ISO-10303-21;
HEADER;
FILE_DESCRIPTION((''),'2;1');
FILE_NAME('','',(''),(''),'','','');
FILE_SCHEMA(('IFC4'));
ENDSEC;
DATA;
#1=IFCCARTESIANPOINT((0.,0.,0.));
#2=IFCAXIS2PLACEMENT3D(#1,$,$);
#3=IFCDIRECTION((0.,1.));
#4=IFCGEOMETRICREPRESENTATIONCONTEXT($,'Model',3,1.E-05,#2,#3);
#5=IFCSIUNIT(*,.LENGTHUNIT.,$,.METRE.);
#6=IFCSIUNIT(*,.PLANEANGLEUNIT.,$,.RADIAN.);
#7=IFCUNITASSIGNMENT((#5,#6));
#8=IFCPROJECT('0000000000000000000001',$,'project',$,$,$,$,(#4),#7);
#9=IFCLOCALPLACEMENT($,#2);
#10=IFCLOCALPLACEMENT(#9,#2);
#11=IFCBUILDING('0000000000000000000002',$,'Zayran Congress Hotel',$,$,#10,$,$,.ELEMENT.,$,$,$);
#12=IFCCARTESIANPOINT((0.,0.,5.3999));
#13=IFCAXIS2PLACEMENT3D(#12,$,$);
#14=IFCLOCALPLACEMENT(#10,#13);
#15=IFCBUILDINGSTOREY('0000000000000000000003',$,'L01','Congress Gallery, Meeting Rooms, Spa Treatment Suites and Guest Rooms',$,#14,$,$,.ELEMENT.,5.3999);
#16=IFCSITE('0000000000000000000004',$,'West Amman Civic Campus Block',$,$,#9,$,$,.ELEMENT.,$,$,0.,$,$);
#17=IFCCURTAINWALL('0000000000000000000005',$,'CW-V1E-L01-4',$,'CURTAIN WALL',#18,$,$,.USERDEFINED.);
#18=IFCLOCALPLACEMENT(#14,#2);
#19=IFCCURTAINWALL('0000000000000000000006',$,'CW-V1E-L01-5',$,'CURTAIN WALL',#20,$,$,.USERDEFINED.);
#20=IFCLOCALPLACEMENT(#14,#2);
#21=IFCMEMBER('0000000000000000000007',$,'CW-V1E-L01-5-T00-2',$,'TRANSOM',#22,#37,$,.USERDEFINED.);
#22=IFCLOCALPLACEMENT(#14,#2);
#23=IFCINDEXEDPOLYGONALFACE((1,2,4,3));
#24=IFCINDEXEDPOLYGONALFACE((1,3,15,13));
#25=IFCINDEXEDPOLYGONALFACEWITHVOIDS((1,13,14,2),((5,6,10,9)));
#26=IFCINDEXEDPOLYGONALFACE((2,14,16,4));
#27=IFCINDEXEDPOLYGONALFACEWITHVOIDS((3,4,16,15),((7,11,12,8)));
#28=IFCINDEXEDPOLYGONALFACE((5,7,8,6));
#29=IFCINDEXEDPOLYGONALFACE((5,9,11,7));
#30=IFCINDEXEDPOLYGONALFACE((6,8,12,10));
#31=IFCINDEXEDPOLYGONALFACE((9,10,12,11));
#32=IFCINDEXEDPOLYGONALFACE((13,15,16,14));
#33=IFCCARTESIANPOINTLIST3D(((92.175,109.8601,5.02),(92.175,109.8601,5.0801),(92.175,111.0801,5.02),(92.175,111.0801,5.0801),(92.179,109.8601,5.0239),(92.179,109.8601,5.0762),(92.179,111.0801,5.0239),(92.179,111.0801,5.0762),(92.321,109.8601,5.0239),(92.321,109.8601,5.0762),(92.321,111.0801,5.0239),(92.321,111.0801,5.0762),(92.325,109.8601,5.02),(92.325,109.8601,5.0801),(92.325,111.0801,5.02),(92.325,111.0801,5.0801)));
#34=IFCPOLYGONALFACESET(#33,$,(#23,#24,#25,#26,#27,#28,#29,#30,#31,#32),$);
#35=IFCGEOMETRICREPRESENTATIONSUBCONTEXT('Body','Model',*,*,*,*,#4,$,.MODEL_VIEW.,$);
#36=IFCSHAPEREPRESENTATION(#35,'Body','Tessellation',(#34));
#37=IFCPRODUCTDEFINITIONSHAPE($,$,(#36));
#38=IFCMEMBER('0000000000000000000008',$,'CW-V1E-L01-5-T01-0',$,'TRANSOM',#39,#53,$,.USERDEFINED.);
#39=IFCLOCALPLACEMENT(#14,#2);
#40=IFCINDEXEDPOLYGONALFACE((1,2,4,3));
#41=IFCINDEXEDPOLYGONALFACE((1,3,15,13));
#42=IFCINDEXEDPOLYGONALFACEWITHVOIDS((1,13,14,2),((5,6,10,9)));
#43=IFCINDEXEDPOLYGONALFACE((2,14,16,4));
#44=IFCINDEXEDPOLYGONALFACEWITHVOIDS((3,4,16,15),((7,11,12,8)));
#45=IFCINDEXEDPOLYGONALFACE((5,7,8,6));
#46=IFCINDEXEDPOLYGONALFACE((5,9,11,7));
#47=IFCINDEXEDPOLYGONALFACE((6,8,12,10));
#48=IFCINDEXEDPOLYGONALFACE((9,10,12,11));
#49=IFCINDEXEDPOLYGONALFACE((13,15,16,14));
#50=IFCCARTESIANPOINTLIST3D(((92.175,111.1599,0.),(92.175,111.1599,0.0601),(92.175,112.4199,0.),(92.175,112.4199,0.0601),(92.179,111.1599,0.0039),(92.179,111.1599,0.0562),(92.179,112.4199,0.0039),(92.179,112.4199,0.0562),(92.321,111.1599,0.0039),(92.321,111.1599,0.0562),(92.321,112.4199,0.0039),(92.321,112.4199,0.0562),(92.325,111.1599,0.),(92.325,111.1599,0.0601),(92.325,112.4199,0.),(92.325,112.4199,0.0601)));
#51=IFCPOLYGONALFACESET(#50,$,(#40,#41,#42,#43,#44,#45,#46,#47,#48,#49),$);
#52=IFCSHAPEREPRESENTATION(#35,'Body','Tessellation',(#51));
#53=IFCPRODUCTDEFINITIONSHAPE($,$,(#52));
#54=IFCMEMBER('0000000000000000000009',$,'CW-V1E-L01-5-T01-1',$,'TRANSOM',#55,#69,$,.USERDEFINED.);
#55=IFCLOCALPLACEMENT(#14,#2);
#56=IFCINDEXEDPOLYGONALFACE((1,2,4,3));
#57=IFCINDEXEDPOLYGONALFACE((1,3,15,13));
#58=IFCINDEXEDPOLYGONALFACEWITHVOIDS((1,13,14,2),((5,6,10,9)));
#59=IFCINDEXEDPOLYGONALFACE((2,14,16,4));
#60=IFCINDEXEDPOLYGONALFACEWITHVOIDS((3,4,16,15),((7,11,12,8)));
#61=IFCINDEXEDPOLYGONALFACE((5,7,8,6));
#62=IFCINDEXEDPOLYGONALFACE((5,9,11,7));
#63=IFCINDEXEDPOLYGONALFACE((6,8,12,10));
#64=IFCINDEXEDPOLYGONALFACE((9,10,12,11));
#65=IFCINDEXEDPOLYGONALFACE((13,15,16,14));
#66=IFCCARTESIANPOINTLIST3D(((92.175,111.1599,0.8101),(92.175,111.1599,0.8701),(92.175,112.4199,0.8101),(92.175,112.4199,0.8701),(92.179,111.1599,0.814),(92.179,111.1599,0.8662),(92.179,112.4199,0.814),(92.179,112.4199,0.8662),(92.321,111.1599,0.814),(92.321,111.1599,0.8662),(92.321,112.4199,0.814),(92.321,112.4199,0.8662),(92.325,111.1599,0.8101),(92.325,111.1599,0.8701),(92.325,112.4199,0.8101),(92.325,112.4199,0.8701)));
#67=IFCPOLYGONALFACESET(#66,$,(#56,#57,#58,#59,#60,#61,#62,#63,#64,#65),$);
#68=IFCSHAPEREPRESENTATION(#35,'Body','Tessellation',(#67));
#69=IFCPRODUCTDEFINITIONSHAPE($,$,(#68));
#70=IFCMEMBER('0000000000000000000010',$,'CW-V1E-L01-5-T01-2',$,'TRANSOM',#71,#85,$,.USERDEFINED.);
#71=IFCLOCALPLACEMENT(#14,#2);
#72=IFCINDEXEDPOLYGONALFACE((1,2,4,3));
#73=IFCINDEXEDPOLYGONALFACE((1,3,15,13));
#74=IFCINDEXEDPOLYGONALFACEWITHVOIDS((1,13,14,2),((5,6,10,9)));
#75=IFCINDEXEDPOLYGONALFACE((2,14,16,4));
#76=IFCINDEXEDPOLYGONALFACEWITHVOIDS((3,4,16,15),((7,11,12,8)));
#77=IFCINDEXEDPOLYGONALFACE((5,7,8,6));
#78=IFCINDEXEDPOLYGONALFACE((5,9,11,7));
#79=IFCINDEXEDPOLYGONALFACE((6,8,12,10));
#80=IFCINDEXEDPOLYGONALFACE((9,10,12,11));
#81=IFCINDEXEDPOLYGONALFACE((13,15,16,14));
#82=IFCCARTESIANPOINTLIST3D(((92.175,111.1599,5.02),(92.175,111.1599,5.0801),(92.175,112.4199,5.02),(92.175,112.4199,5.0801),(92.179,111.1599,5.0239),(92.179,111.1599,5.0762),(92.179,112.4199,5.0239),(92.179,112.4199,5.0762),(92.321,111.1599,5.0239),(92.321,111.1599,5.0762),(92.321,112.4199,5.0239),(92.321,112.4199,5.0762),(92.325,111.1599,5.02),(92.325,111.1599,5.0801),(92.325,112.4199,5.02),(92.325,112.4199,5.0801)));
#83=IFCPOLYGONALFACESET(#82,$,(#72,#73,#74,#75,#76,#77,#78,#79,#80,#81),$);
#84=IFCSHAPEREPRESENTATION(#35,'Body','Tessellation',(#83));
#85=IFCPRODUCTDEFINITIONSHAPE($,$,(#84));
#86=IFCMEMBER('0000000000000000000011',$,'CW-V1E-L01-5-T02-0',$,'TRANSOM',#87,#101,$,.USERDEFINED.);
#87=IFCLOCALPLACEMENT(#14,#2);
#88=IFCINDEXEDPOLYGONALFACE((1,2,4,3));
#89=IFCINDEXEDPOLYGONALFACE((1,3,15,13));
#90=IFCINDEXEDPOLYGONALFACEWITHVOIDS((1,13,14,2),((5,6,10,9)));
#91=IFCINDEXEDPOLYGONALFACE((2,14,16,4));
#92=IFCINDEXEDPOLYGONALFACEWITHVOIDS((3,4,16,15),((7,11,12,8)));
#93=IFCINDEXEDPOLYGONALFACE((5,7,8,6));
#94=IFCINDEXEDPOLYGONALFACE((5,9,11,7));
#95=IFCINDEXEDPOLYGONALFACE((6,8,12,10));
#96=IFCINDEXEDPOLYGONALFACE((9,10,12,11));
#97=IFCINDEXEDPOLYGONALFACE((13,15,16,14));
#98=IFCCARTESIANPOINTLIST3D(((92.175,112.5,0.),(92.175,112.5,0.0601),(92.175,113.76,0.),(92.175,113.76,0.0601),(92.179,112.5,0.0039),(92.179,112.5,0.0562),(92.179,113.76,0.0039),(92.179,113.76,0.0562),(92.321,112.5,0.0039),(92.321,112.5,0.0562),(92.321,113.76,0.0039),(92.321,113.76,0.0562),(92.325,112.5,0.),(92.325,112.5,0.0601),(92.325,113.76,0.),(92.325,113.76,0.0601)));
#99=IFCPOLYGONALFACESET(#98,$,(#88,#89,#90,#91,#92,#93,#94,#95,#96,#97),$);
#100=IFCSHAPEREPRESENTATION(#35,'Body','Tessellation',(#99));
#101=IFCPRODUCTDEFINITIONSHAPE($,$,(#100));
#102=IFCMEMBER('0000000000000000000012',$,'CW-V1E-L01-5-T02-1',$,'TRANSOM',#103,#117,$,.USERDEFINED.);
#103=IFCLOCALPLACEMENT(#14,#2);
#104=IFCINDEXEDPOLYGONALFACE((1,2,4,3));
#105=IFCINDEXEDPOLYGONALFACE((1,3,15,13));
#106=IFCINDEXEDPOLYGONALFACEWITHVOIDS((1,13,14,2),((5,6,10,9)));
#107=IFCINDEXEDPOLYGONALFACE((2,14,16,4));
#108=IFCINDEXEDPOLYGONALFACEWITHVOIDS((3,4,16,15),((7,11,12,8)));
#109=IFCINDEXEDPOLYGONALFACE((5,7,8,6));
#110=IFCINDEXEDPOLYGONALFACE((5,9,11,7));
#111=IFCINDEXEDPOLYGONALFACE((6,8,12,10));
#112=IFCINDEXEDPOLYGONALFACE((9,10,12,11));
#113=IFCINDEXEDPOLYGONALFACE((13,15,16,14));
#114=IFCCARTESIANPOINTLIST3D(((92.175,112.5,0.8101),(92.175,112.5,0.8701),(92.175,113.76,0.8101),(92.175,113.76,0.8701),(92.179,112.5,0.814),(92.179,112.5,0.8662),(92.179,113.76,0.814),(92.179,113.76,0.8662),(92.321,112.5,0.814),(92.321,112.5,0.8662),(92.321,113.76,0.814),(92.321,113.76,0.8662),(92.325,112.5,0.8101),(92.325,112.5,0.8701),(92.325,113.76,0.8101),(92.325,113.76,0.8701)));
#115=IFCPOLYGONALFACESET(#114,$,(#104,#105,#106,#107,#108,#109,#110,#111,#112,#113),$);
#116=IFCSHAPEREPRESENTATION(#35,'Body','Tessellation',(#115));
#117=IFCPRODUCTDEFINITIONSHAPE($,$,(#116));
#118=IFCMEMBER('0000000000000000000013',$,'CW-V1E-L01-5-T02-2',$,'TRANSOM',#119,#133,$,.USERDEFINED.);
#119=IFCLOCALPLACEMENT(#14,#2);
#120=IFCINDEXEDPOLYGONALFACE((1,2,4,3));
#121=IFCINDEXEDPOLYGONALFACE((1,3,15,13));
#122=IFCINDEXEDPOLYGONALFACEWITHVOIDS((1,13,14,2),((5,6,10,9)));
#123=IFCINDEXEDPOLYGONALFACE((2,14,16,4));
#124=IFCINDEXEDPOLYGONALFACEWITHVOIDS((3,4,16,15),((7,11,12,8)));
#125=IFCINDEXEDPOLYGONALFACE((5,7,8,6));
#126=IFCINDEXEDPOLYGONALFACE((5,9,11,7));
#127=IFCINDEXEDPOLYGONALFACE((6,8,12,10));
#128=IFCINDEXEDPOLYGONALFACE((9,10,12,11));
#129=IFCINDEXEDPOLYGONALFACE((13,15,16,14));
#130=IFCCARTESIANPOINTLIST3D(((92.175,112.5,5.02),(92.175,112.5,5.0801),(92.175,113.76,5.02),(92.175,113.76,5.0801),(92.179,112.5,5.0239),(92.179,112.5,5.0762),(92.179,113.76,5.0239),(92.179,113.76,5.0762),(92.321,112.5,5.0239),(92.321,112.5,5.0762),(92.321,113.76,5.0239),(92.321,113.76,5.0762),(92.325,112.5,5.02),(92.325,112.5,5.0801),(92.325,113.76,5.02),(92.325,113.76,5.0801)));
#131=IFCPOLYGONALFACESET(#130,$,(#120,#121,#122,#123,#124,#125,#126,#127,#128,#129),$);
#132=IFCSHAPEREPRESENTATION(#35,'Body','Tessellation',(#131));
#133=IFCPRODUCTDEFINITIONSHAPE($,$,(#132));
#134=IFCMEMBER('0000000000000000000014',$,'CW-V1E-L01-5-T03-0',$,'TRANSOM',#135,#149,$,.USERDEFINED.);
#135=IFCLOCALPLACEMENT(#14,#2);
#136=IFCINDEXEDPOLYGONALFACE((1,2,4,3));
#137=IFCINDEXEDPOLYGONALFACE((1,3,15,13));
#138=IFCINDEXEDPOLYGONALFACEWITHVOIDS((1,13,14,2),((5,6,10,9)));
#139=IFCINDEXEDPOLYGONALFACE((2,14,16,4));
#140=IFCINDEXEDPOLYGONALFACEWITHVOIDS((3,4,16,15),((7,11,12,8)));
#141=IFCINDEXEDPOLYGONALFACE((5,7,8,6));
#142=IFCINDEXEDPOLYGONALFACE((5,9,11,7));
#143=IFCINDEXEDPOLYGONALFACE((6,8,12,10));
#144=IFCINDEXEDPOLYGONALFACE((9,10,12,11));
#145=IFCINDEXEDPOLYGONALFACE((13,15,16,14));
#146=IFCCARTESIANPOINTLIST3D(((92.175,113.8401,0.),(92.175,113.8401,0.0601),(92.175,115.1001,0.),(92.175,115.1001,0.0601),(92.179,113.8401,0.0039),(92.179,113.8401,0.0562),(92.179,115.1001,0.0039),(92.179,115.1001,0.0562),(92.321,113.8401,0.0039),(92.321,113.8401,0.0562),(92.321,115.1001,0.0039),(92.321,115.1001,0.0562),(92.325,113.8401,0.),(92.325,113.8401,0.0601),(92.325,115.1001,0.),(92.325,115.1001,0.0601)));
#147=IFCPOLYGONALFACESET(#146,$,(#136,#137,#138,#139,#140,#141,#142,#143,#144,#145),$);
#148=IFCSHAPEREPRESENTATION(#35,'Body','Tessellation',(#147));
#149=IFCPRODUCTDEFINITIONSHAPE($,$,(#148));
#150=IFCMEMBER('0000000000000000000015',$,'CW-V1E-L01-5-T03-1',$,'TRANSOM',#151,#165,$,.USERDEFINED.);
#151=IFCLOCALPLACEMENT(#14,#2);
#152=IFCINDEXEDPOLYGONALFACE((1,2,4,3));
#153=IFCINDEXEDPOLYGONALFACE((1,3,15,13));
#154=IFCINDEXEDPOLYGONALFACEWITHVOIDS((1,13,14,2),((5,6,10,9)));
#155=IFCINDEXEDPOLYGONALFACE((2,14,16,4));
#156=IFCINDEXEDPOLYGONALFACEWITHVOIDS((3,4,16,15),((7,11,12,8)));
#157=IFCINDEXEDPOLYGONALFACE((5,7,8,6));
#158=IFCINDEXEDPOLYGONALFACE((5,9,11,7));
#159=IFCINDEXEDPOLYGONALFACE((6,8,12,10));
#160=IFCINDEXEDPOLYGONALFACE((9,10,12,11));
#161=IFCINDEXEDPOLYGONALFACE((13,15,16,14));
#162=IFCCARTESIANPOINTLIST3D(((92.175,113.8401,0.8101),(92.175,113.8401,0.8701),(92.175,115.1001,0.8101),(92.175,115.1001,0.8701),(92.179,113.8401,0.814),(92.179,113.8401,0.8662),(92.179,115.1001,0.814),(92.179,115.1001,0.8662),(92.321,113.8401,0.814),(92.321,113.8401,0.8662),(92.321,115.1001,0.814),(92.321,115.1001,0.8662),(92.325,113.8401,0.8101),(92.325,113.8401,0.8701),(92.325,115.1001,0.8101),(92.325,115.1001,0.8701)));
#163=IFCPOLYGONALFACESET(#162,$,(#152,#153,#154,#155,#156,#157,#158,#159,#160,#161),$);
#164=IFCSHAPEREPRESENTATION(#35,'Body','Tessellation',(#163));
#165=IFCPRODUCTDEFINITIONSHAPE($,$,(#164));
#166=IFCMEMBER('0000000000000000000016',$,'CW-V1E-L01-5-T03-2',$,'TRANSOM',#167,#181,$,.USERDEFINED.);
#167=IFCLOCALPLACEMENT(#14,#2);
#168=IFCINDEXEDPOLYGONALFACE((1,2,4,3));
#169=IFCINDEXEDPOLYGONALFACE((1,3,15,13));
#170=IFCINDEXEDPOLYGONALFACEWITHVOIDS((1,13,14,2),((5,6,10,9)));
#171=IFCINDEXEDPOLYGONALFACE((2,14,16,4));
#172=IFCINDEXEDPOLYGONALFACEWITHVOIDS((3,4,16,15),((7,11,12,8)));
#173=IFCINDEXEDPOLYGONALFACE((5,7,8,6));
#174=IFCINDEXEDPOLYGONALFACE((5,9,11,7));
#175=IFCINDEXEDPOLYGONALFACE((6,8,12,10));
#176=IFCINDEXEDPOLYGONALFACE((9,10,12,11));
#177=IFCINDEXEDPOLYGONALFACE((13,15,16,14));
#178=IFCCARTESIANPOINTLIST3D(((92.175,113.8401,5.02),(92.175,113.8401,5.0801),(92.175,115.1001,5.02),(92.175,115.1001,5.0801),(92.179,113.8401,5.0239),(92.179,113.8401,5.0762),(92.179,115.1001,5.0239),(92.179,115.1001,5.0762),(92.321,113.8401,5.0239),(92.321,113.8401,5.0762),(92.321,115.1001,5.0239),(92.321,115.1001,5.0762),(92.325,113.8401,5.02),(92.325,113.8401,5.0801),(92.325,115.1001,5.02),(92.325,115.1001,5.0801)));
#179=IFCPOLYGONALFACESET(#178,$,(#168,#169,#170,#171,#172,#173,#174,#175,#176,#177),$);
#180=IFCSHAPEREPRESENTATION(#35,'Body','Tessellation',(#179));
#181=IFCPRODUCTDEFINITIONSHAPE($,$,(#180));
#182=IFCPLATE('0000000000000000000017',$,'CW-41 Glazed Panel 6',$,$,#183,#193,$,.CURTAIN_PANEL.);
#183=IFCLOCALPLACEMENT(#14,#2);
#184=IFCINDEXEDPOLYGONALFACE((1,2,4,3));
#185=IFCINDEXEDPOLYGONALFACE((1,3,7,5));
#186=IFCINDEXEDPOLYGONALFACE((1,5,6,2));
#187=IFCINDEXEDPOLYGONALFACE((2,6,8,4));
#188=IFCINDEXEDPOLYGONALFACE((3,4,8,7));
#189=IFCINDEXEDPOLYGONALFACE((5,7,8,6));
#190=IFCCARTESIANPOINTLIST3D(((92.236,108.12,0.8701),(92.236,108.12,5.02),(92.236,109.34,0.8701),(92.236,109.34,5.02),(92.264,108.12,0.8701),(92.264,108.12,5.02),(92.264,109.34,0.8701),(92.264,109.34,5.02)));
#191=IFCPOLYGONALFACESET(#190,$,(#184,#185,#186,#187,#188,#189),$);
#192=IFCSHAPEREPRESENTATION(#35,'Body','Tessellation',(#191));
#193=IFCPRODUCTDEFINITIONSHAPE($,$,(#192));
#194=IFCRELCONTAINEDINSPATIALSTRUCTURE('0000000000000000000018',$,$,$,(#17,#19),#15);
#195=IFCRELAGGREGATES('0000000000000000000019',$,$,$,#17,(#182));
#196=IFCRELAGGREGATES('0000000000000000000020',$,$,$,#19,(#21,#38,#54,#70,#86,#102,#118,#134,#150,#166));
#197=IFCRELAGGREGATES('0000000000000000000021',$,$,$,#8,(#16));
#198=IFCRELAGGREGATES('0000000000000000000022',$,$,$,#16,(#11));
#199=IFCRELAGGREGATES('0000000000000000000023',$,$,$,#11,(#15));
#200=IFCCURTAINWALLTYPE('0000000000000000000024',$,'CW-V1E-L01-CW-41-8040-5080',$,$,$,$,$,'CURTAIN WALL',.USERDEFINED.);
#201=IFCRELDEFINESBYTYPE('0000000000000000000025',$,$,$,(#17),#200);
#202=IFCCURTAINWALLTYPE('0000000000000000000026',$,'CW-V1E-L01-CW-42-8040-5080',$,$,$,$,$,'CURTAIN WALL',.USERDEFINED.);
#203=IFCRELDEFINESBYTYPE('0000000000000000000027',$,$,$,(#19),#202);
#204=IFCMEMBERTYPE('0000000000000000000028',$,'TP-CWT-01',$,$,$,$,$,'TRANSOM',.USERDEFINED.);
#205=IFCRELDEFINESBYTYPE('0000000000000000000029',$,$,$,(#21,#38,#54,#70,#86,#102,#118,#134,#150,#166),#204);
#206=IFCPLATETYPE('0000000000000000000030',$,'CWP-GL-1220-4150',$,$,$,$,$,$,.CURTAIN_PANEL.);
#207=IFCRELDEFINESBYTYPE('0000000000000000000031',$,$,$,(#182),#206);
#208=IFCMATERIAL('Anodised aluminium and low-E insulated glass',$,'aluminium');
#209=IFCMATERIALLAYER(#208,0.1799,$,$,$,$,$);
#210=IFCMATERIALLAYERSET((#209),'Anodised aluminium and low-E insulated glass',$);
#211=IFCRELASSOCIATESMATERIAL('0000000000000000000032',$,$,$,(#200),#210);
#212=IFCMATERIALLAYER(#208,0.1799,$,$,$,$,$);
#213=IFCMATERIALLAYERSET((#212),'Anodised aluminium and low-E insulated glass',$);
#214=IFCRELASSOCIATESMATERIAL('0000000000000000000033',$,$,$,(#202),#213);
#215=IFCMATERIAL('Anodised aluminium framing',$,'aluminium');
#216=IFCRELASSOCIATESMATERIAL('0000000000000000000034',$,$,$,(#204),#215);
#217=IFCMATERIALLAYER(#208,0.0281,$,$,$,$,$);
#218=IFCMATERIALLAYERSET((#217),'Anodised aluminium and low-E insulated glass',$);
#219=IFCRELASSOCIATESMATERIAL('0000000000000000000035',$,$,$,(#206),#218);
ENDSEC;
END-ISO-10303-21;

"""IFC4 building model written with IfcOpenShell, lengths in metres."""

from ifc_helpers import new_model, si_unit, direction, frame, origin, origin_2d, place, context, subcontext, project, spatial, rectangle, hollow_rectangle, extrude, material, layer, layer_set, material_profile, profile_set, type_object, element, aggregate, save


model = new_model("IFC4")

# Units and contexts
model_context = context("Model", 3, precision=1e-05, world=origin(), true_north=direction((0.0, 1.0)))
body_context = subcontext(model_context, "Body", "Model", "MODEL_VIEW")
ifc_project = project(units=[si_unit("LENGTHUNIT", "METRE"), si_unit("PLANEANGLEUNIT", "RADIAN")], contexts=[model_context])

# Site, building, storey
site_placement = place(None, origin())
site = spatial("IfcSite", under=ifc_project, at=site_placement, Name="West Amman Civic Campus Block", CompositionType="ELEMENT", RefElevation=0.0)
building_placement = place(site_placement, origin())
building = spatial("IfcBuilding", under=site, at=building_placement, Name="Zayran Congress Hotel", CompositionType="ELEMENT")
storey_placement = place(building_placement, frame((0.0, 0.0, 5.3999)))
storey = spatial("IfcBuildingStorey", under=building, at=storey_placement, Name="L01", Description="Congress Gallery, Meeting Rooms, Spa Treatment Suites and Guest Rooms", CompositionType="ELEMENT", Elevation=5.3999)

# Curtain walls
ifc_material_1 = material(Name="Anodised aluminium and low-E insulated glass", Category="aluminium")
ifc_layer_1 = layer(ifc_material_1, 0.1799)
ifc_layer_set_1 = layer_set([ifc_layer_1], Name="Anodised aluminium and low-E insulated glass")
curtain_wall_type_1 = type_object("IfcCurtainWallType", Name="CW-V1E-L01-CW-41-8040-5080", ElementType="CURTAIN WALL", PredefinedType="USERDEFINED", material=ifc_layer_set_1)
curtain_wall_1_placement = place(storey_placement, origin())
curtain_wall_1 = element("IfcCurtainWall", 1, at=curtain_wall_1_placement, inside=storey, type_object=curtain_wall_type_1, Name="CW-V1E-L01-4", ObjectType="CURTAIN WALL", PredefinedType="USERDEFINED")
ifc_material_2 = material(Name="Anodised aluminium framing", Category="aluminium")
ifc_layer_2 = layer(ifc_material_1, 0.1799)
ifc_layer_set_2 = layer_set([ifc_layer_2], Name="Anodised aluminium and low-E insulated glass")
curtain_wall_type_2 = type_object("IfcCurtainWallType", Name="CW-V1E-L01-CW-42-8040-5080", ElementType="CURTAIN WALL", PredefinedType="USERDEFINED", material=ifc_layer_set_2)
curtain_wall_2_placement = place(storey_placement, origin())
curtain_wall_2 = element("IfcCurtainWall", 2, at=curtain_wall_2_placement, inside=storey, type_object=curtain_wall_type_2, Name="CW-V1E-L01-5", ObjectType="CURTAIN WALL", PredefinedType="USERDEFINED")

# Members
ifc_material_profile_1 = material_profile(ifc_material_2, hollow_rectangle(XDim=0.0601, YDim=0.1499, WallThickness=0.0039, at=origin_2d()), Name="RHS 150x60x4")
ifc_profile_set_1 = profile_set([ifc_material_profile_1], Name="Anodised aluminium framing")
member_type_1 = type_object("IfcMemberType", Name="TP-CWT-01", ElementType="TRANSOM", PredefinedType="USERDEFINED", material=ifc_profile_set_1)
member_1_placement = place(storey_placement, frame((92.25, 109.8601, 5.05), z_axis=(0.0, 1.0, 0.0), x_axis=(0.0, 0.0, 1.0)))
member_1 = element("IfcMember", 3, at=member_1_placement, type_object=member_type_1, Name="CW-V1E-L01-5-T00-2", ObjectType="TRANSOM", PredefinedType="USERDEFINED", context=body_context, shape_type="SweptSolid", body=[
    extrude(hollow_rectangle(XDim=0.0601, YDim=0.1499, WallThickness=0.0039, at=origin_2d()), origin(), (0.0, 0.0, 1.0), 1.22),
])
member_2_placement = place(storey_placement, frame((92.25, 111.1599, 0.03), z_axis=(0.0, 1.0, 0.0), x_axis=(0.0, 0.0, 1.0)))
member_2 = element("IfcMember", 4, at=member_2_placement, type_object=member_type_1, Name="CW-V1E-L01-5-T01-0", ObjectType="TRANSOM", PredefinedType="USERDEFINED", context=body_context, shape_type="SweptSolid", body=[
    extrude(hollow_rectangle(XDim=0.0601, YDim=0.1499, WallThickness=0.0039, at=origin_2d()), origin(), (0.0, 0.0, 1.0), 1.26),
])
member_3_placement = place(storey_placement, frame((92.25, 111.1599, 0.8401), z_axis=(0.0, 1.0, 0.0), x_axis=(0.0, 0.0, 1.0)))
member_3 = element("IfcMember", 5, at=member_3_placement, type_object=member_type_1, Name="CW-V1E-L01-5-T01-1", ObjectType="TRANSOM", PredefinedType="USERDEFINED", context=body_context, shape_type="SweptSolid", body=[
    extrude(hollow_rectangle(XDim=0.0601, YDim=0.1499, WallThickness=0.0039, at=origin_2d()), origin(), (0.0, 0.0, 1.0), 1.26),
])
member_4_placement = place(storey_placement, frame((92.25, 111.1599, 5.05), z_axis=(0.0, 1.0, 0.0), x_axis=(0.0, 0.0, 1.0)))
member_4 = element("IfcMember", 6, at=member_4_placement, type_object=member_type_1, Name="CW-V1E-L01-5-T01-2", ObjectType="TRANSOM", PredefinedType="USERDEFINED", context=body_context, shape_type="SweptSolid", body=[
    extrude(hollow_rectangle(XDim=0.0601, YDim=0.1499, WallThickness=0.0039, at=origin_2d()), origin(), (0.0, 0.0, 1.0), 1.26),
])
member_5_placement = place(storey_placement, frame((92.25, 112.5, 0.03), z_axis=(0.0, 1.0, 0.0), x_axis=(0.0, 0.0, 1.0)))
member_5 = element("IfcMember", 7, at=member_5_placement, type_object=member_type_1, Name="CW-V1E-L01-5-T02-0", ObjectType="TRANSOM", PredefinedType="USERDEFINED", context=body_context, shape_type="SweptSolid", body=[
    extrude(hollow_rectangle(XDim=0.0601, YDim=0.1499, WallThickness=0.0039, at=origin_2d()), origin(), (0.0, 0.0, 1.0), 1.26),
])
member_6_placement = place(storey_placement, frame((92.25, 112.5, 0.8401), z_axis=(0.0, 1.0, 0.0), x_axis=(0.0, 0.0, 1.0)))
member_6 = element("IfcMember", 8, at=member_6_placement, type_object=member_type_1, Name="CW-V1E-L01-5-T02-1", ObjectType="TRANSOM", PredefinedType="USERDEFINED", context=body_context, shape_type="SweptSolid", body=[
    extrude(hollow_rectangle(XDim=0.0601, YDim=0.1499, WallThickness=0.0039, at=origin_2d()), origin(), (0.0, 0.0, 1.0), 1.26),
])
member_7_placement = place(storey_placement, frame((92.25, 112.5, 5.05), z_axis=(0.0, 1.0, 0.0), x_axis=(0.0, 0.0, 1.0)))
member_7 = element("IfcMember", 9, at=member_7_placement, type_object=member_type_1, Name="CW-V1E-L01-5-T02-2", ObjectType="TRANSOM", PredefinedType="USERDEFINED", context=body_context, shape_type="SweptSolid", body=[
    extrude(hollow_rectangle(XDim=0.0601, YDim=0.1499, WallThickness=0.0039, at=origin_2d()), origin(), (0.0, 0.0, 1.0), 1.26),
])
member_8_placement = place(storey_placement, frame((92.25, 113.8401, 0.03), z_axis=(0.0, 1.0, 0.0), x_axis=(0.0, 0.0, 1.0)))
member_8 = element("IfcMember", 10, at=member_8_placement, type_object=member_type_1, Name="CW-V1E-L01-5-T03-0", ObjectType="TRANSOM", PredefinedType="USERDEFINED", context=body_context, shape_type="SweptSolid", body=[
    extrude(hollow_rectangle(XDim=0.0601, YDim=0.1499, WallThickness=0.0039, at=origin_2d()), origin(), (0.0, 0.0, 1.0), 1.26),
])
member_9_placement = place(storey_placement, frame((92.25, 113.8401, 0.8401), z_axis=(0.0, 1.0, 0.0), x_axis=(0.0, 0.0, 1.0)))
member_9 = element("IfcMember", 11, at=member_9_placement, type_object=member_type_1, Name="CW-V1E-L01-5-T03-1", ObjectType="TRANSOM", PredefinedType="USERDEFINED", context=body_context, shape_type="SweptSolid", body=[
    extrude(hollow_rectangle(XDim=0.0601, YDim=0.1499, WallThickness=0.0039, at=origin_2d()), origin(), (0.0, 0.0, 1.0), 1.26),
])
member_10_placement = place(storey_placement, frame((92.25, 113.8401, 5.05), z_axis=(0.0, 1.0, 0.0), x_axis=(0.0, 0.0, 1.0)))
member_10 = element("IfcMember", 12, at=member_10_placement, type_object=member_type_1, Name="CW-V1E-L01-5-T03-2", ObjectType="TRANSOM", PredefinedType="USERDEFINED", context=body_context, shape_type="SweptSolid", body=[
    extrude(hollow_rectangle(XDim=0.0601, YDim=0.1499, WallThickness=0.0039, at=origin_2d()), origin(), (0.0, 0.0, 1.0), 1.26),
])

# Plate
ifc_layer_3 = layer(ifc_material_1, 0.0281)
ifc_layer_set_3 = layer_set([ifc_layer_3], Name="Anodised aluminium and low-E insulated glass")
plate_type_1 = type_object("IfcPlateType", Name="CWP-GL-1220-4150", PredefinedType="CURTAIN_PANEL", material=ifc_layer_set_3)
plate_1_placement = place(storey_placement, frame((92.25, 108.73, 0.8701), z_axis=(0.0, 0.0, 1.0), x_axis=(0.0, 1.0, 0.0)))
plate_1 = element("IfcPlate", 13, at=plate_1_placement, type_object=plate_type_1, Name="CW-41 Glazed Panel 6", PredefinedType="CURTAIN_PANEL", context=body_context, shape_type="SweptSolid", body=[
    extrude(rectangle(XDim=1.22, YDim=0.0281, at=origin_2d()), origin(), (0.0, 0.0, 1.0), 4.1499),
])
aggregate(curtain_wall_1, [plate_1])
aggregate(curtain_wall_2, [member_1, member_2, member_3, member_4, member_5, member_6, member_7, member_8, member_9, member_10])

save(model, "model.ifc")
